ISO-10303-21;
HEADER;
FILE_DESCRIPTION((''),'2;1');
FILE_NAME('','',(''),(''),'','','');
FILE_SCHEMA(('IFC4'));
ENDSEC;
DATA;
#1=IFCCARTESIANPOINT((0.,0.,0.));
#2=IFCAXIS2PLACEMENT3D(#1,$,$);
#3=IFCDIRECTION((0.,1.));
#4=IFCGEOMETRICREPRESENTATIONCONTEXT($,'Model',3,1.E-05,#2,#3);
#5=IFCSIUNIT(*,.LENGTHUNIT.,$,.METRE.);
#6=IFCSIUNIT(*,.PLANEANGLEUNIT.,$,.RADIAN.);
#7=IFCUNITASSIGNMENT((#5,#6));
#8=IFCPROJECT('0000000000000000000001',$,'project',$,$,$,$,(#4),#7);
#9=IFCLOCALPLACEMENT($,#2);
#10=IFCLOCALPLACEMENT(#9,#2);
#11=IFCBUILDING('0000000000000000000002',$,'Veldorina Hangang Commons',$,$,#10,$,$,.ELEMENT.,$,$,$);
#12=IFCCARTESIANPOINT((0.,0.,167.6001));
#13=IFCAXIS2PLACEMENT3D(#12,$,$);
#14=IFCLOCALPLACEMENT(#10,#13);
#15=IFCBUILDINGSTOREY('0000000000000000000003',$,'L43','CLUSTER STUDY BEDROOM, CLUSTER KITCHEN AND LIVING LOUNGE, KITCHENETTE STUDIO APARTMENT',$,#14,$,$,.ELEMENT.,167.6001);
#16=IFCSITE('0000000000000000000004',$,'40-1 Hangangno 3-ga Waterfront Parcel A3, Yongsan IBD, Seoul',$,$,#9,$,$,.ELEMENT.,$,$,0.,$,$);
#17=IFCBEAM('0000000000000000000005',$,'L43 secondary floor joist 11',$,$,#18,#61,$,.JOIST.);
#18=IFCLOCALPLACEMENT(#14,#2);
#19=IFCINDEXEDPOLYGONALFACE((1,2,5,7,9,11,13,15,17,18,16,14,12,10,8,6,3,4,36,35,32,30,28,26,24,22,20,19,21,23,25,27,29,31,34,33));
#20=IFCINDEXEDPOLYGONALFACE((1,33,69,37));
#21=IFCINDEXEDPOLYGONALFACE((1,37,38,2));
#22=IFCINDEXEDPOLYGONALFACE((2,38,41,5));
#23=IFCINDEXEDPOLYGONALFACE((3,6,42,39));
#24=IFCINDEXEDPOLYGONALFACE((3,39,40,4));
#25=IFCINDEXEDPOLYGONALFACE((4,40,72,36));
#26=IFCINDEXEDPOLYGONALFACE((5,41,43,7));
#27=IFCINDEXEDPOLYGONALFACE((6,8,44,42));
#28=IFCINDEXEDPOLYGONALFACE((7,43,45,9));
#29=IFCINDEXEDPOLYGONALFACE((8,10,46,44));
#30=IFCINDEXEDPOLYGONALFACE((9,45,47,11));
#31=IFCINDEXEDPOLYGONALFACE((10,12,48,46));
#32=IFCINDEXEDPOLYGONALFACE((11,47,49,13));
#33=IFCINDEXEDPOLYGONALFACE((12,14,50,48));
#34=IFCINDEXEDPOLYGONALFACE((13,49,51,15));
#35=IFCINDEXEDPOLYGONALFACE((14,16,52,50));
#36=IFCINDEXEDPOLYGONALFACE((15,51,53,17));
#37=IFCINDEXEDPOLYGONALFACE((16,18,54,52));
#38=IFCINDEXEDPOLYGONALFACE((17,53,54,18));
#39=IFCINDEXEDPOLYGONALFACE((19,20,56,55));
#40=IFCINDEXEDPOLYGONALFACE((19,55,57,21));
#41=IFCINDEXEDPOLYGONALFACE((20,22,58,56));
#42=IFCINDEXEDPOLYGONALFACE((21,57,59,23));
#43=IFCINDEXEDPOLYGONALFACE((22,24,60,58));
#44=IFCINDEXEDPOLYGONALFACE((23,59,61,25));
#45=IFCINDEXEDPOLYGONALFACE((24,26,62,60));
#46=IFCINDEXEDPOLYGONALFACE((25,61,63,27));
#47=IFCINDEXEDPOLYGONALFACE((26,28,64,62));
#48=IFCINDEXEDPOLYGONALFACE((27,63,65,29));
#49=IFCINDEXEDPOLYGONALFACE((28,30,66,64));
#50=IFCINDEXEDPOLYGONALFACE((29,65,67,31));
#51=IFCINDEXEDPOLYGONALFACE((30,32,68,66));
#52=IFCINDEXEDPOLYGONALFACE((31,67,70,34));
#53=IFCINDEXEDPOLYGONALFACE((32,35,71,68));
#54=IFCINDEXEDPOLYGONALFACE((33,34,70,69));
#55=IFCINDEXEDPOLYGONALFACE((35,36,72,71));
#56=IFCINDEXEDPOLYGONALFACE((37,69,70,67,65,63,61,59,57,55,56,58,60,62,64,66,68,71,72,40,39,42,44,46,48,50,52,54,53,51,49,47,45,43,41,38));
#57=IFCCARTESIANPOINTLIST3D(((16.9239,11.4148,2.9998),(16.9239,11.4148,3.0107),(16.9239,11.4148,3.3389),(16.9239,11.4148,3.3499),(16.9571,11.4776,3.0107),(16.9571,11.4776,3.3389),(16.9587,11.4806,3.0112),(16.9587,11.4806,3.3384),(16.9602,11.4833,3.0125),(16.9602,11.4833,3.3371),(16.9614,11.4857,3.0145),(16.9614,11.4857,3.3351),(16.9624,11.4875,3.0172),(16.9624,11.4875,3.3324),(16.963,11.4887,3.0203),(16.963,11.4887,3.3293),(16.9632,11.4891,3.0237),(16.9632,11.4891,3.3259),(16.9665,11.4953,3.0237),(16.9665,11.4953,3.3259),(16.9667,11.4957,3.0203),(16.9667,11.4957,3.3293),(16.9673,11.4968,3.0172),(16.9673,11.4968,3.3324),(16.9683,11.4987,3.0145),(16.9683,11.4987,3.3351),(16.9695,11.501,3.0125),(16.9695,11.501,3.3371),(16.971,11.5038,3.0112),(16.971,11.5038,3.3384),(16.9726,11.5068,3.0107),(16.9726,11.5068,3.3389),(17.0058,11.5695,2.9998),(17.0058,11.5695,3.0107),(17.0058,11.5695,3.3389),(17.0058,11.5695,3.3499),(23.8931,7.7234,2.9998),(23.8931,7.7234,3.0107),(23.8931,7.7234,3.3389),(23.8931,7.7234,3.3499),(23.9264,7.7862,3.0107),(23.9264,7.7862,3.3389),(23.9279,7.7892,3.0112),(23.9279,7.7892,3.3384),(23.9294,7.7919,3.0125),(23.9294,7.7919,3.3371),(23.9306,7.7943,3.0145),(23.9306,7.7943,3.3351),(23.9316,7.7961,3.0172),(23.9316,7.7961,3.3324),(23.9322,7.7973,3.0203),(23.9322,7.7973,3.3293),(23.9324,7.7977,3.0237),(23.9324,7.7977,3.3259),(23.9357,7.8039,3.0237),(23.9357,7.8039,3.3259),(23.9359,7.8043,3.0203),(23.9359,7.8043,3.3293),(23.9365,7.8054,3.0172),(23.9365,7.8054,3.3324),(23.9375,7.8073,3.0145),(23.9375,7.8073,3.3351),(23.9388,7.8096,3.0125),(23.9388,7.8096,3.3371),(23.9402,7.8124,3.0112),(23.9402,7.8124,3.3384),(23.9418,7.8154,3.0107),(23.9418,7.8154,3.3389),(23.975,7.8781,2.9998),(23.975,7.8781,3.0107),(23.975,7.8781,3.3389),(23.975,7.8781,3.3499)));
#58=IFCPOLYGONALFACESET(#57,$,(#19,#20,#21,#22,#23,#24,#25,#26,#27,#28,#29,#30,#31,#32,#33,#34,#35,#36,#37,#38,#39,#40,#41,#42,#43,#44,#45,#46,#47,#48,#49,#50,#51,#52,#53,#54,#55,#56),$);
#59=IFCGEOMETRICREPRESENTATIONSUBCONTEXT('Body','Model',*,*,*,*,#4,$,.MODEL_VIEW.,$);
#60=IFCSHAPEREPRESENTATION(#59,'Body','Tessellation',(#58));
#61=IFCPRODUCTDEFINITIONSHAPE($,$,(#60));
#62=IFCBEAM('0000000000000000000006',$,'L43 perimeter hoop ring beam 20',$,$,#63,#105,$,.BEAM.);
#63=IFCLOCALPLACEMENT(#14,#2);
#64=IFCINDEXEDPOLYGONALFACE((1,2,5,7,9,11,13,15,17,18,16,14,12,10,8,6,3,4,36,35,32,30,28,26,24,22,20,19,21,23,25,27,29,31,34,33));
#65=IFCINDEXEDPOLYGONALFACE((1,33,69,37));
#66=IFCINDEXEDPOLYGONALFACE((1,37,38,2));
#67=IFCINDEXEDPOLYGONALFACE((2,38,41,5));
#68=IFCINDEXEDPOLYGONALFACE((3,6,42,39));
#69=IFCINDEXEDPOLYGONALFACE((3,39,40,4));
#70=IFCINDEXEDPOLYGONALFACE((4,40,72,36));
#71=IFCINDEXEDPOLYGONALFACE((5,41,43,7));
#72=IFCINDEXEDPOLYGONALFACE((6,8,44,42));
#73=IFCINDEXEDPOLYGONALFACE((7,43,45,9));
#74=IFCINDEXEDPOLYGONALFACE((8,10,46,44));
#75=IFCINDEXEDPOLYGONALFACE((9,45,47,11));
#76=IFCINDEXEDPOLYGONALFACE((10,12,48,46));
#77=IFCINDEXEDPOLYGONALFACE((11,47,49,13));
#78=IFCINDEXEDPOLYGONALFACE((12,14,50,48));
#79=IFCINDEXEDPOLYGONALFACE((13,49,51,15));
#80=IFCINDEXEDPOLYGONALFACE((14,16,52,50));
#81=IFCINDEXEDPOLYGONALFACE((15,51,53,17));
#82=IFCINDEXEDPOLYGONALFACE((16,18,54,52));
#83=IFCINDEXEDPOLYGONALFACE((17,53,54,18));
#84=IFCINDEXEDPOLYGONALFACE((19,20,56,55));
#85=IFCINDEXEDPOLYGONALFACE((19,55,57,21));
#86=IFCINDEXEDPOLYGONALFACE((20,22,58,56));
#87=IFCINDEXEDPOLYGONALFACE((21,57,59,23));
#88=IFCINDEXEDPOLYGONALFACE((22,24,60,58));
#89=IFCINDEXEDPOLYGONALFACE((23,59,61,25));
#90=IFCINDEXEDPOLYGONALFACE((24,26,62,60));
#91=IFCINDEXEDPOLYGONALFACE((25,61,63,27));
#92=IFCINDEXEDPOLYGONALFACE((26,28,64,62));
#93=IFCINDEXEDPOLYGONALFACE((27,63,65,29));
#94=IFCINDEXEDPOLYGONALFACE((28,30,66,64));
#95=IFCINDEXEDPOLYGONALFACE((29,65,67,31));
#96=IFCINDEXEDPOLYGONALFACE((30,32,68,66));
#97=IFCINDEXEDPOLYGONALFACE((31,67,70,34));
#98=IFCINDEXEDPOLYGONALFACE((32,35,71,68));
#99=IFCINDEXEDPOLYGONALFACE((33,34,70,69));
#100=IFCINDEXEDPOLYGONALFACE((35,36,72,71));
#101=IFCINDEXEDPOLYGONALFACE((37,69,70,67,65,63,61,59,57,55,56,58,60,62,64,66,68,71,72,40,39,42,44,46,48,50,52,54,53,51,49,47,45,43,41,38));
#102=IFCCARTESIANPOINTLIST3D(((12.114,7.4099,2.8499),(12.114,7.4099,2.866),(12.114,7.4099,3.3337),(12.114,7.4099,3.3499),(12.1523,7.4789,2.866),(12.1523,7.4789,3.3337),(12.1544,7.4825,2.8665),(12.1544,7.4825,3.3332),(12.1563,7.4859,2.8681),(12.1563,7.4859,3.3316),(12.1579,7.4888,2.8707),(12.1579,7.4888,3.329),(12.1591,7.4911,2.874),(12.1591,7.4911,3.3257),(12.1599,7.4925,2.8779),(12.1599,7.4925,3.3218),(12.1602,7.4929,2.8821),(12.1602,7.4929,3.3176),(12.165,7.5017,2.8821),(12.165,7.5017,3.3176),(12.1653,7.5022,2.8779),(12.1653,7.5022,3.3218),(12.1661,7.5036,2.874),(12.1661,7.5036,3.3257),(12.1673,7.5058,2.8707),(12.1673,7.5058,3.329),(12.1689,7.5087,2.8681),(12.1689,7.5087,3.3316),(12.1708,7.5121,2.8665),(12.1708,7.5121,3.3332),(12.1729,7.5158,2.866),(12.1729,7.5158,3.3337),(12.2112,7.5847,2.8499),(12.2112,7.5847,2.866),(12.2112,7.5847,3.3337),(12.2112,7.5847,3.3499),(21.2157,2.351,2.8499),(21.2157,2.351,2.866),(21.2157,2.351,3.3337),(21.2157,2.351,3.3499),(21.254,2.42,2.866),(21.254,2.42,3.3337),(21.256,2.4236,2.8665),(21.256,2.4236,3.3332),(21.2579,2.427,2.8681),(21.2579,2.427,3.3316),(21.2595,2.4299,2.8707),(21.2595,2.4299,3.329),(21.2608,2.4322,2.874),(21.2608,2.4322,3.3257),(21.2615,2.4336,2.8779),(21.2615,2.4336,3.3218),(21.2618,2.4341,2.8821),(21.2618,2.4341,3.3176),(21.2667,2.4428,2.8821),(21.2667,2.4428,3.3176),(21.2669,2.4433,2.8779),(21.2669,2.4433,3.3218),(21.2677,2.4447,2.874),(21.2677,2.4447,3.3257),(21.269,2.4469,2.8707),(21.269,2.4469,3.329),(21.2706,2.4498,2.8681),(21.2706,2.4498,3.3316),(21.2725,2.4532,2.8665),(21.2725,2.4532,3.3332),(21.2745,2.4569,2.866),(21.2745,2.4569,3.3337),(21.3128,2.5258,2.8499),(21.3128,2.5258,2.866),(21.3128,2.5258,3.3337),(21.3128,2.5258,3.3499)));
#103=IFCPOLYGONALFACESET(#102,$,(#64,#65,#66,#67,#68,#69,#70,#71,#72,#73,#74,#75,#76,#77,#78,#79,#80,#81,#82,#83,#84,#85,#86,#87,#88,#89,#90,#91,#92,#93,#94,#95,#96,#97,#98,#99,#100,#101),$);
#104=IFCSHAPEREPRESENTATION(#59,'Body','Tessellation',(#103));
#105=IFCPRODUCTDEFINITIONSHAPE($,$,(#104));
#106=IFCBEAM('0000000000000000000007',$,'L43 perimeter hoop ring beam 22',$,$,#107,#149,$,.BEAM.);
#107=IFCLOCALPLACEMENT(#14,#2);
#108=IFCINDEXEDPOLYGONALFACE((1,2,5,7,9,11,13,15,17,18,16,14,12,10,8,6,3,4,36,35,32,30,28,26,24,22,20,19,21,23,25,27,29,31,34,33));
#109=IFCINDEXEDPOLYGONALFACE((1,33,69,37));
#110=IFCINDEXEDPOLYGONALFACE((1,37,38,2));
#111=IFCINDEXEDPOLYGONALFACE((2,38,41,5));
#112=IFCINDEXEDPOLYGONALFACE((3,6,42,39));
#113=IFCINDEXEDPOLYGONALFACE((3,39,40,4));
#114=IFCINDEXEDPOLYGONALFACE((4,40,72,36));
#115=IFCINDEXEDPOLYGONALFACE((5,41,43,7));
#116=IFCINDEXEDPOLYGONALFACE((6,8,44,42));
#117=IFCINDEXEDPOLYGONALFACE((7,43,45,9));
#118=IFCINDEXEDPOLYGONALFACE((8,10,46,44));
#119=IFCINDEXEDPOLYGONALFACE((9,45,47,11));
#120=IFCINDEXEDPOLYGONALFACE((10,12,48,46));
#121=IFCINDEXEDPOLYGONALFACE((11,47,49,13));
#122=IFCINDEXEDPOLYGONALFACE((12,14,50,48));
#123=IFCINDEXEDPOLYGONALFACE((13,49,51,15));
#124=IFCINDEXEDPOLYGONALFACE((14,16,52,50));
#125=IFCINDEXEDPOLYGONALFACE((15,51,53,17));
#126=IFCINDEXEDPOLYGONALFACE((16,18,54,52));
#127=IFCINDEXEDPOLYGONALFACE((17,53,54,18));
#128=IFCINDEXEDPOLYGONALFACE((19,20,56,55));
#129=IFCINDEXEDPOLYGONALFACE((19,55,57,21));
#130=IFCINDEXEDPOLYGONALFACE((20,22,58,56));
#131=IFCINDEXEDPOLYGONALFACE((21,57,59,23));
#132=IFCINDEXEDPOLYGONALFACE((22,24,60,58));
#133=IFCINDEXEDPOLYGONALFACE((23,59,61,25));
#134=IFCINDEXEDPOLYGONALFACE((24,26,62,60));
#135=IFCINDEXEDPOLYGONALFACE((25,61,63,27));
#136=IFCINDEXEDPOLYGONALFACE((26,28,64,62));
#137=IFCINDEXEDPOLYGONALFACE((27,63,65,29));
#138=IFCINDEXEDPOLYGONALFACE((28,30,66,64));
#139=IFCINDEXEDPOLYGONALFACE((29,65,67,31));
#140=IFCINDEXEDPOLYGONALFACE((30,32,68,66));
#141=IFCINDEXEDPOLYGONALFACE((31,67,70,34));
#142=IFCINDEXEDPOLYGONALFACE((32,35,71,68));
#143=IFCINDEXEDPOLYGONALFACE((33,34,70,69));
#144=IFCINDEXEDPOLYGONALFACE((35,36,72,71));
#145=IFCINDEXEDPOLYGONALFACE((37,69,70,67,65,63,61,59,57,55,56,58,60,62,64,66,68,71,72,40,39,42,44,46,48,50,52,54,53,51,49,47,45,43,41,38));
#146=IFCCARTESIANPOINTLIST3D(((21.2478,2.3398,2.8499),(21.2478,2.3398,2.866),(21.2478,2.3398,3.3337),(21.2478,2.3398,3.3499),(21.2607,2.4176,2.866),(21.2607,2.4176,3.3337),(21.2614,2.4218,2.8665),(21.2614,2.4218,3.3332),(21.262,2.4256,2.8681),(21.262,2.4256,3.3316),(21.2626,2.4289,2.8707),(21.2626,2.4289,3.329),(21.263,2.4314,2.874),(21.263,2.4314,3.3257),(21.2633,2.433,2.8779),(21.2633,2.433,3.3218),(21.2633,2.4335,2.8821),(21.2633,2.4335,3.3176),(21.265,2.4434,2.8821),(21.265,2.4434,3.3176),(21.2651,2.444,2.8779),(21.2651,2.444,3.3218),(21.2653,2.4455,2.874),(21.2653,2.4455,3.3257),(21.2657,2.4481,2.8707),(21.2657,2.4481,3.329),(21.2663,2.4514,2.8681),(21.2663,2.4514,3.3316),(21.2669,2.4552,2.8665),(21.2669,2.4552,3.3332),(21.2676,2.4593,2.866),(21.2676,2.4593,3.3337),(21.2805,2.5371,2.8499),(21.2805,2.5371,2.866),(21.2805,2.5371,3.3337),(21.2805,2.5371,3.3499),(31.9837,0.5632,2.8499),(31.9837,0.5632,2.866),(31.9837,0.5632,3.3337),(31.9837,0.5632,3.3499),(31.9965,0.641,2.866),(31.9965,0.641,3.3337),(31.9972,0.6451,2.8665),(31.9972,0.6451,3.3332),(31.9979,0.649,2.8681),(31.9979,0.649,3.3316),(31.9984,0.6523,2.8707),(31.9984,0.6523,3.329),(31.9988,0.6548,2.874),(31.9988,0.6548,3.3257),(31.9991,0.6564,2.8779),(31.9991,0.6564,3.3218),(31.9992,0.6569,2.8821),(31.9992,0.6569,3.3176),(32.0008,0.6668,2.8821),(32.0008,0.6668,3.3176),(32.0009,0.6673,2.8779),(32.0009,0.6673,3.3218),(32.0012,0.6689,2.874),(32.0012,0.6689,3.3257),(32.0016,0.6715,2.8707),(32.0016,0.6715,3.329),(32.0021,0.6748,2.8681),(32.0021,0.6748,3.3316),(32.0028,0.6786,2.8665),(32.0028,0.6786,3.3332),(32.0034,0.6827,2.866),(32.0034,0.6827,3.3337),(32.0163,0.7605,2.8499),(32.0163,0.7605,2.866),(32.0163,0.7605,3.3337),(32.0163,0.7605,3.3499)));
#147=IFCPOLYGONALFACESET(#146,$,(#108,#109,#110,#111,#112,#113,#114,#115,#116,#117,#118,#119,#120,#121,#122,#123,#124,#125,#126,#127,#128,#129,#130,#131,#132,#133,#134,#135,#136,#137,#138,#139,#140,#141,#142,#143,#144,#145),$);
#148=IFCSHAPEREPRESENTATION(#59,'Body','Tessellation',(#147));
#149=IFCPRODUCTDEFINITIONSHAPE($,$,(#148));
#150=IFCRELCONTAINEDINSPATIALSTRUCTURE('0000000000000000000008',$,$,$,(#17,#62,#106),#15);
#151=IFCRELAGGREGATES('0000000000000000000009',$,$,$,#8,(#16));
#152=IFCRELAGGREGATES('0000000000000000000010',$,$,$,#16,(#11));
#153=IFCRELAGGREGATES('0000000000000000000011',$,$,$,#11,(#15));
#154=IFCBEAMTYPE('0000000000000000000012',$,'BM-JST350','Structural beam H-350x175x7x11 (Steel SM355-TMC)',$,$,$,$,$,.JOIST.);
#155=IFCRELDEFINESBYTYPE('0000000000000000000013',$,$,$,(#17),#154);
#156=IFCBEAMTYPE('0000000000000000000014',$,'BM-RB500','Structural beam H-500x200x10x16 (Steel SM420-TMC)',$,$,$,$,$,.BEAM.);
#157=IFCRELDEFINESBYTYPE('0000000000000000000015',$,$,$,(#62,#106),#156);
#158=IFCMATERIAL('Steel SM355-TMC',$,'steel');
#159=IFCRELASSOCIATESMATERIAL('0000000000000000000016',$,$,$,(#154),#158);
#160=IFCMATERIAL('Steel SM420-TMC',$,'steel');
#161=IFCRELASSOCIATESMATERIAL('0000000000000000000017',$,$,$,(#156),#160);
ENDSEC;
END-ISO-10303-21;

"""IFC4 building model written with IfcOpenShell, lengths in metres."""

from ifc_helpers import new_model, si_unit, direction, frame, origin, origin_2d, place, context, subcontext, project, spatial, i_section, extrude, material, material_profile, profile_set, type_object, element, save


model = new_model("IFC4")

# Units and contexts
model_context = context("Model", 3, precision=1e-05, world=origin(), true_north=direction((0.0, 1.0)))
body_context = subcontext(model_context, "Body", "Model", "MODEL_VIEW")
ifc_project = project(units=[si_unit("LENGTHUNIT", "METRE"), si_unit("PLANEANGLEUNIT", "RADIAN")], contexts=[model_context])

# Site, building, storey
site_placement = place(None, origin())
site = spatial("IfcSite", under=ifc_project, at=site_placement, Name="40-1 Hangangno 3-ga Waterfront Parcel A3, Yongsan IBD, Seoul", CompositionType="ELEMENT", RefElevation=0.0)
building_placement = place(site_placement, origin())
building = spatial("IfcBuilding", under=site, at=building_placement, Name="Veldorina Hangang Commons", CompositionType="ELEMENT")
storey_placement = place(building_placement, frame((0.0, 0.0, 167.6001)))
storey = spatial("IfcBuildingStorey", under=building, at=storey_placement, Name="L43", Description="CLUSTER STUDY BEDROOM, CLUSTER KITCHEN AND LIVING LOUNGE, KITCHENETTE STUDIO APARTMENT", CompositionType="ELEMENT", Elevation=167.6001)

# Beams
ifc_material_1 = material(Name="Steel SM355-TMC", Category="steel")
ifc_material_profile_1 = material_profile(ifc_material_1, i_section(OverallWidth=0.175, OverallDepth=0.3501, WebThickness=0.0071, FlangeThickness=0.011, FilletRadius=0.0129, at=origin_2d()), Name="H-350x175x7x11")
ifc_profile_set_1 = profile_set([ifc_material_profile_1], Name="Steel SM355-TMC")
beam_type_1 = type_object("IfcBeamType", Name="BM-JST350", Description="Structural beam H-350x175x7x11 (Steel SM355-TMC)", PredefinedType="JOIST", material=ifc_profile_set_1)
beam_1_placement = place(storey_placement, frame((16.9648, 11.4922, 3.1748), z_axis=(0.883693, -0.468067, 0.0), x_axis=(0.468067, 0.883693, 0.0)))
element("IfcBeam", 1, at=beam_1_placement, inside=storey, type_object=beam_type_1, Name="L43 secondary floor joist 11", PredefinedType="JOIST", context=body_context, shape_type="SweptSolid", body=[
    extrude(i_section(OverallWidth=0.175, OverallDepth=0.3501, WebThickness=0.0071, FlangeThickness=0.011, FilletRadius=0.0129, at=origin_2d()), origin(), (0.0, 0.0, 1.0), 7.8865),
])
ifc_material_2 = material(Name="Steel SM420-TMC", Category="steel")
ifc_material_profile_2 = material_profile(ifc_material_2, i_section(OverallWidth=0.2, OverallDepth=0.5, WebThickness=0.01, FlangeThickness=0.0161, FilletRadius=0.0161, at=origin_2d()), Name="H-500x200x10x16")
ifc_profile_set_2 = profile_set([ifc_material_profile_2], Name="Steel SM420-TMC")
beam_type_2 = type_object("IfcBeamType", Name="BM-RB500", Description="Structural beam H-500x200x10x16 (Steel SM420-TMC)", PredefinedType="BEAM", material=ifc_profile_set_2)
beam_2_placement = place(storey_placement, frame((12.1626, 7.4973, 3.0999), z_axis=(0.874059, -0.48582, 0.0), x_axis=(0.48582, 0.874059, 0.0)))
element("IfcBeam", 2, at=beam_2_placement, inside=storey, type_object=beam_type_2, Name="L43 perimeter hoop ring beam 20", PredefinedType="BEAM", context=body_context, shape_type="SweptSolid", body=[
    extrude(i_section(OverallWidth=0.2, OverallDepth=0.5, WebThickness=0.01, FlangeThickness=0.0161, FilletRadius=0.0161, at=origin_2d()), origin(), (0.0, 0.0, 1.0), 10.4131),
])
beam_3_placement = place(storey_placement, frame((21.2642, 2.4385, 3.0999), z_axis=(0.986582, -0.163264, 0.0), x_axis=(0.163264, 0.986582, 0.0)))
element("IfcBeam", 3, at=beam_3_placement, inside=storey, type_object=beam_type_2, Name="L43 perimeter hoop ring beam 22", PredefinedType="BEAM", context=body_context, shape_type="SweptSolid", body=[
    extrude(i_section(OverallWidth=0.2, OverallDepth=0.5, WebThickness=0.01, FlangeThickness=0.0161, FilletRadius=0.0161, at=origin_2d()), origin(), (0.0, 0.0, 1.0), 10.8818),
])

save(model, "model.ifc")
